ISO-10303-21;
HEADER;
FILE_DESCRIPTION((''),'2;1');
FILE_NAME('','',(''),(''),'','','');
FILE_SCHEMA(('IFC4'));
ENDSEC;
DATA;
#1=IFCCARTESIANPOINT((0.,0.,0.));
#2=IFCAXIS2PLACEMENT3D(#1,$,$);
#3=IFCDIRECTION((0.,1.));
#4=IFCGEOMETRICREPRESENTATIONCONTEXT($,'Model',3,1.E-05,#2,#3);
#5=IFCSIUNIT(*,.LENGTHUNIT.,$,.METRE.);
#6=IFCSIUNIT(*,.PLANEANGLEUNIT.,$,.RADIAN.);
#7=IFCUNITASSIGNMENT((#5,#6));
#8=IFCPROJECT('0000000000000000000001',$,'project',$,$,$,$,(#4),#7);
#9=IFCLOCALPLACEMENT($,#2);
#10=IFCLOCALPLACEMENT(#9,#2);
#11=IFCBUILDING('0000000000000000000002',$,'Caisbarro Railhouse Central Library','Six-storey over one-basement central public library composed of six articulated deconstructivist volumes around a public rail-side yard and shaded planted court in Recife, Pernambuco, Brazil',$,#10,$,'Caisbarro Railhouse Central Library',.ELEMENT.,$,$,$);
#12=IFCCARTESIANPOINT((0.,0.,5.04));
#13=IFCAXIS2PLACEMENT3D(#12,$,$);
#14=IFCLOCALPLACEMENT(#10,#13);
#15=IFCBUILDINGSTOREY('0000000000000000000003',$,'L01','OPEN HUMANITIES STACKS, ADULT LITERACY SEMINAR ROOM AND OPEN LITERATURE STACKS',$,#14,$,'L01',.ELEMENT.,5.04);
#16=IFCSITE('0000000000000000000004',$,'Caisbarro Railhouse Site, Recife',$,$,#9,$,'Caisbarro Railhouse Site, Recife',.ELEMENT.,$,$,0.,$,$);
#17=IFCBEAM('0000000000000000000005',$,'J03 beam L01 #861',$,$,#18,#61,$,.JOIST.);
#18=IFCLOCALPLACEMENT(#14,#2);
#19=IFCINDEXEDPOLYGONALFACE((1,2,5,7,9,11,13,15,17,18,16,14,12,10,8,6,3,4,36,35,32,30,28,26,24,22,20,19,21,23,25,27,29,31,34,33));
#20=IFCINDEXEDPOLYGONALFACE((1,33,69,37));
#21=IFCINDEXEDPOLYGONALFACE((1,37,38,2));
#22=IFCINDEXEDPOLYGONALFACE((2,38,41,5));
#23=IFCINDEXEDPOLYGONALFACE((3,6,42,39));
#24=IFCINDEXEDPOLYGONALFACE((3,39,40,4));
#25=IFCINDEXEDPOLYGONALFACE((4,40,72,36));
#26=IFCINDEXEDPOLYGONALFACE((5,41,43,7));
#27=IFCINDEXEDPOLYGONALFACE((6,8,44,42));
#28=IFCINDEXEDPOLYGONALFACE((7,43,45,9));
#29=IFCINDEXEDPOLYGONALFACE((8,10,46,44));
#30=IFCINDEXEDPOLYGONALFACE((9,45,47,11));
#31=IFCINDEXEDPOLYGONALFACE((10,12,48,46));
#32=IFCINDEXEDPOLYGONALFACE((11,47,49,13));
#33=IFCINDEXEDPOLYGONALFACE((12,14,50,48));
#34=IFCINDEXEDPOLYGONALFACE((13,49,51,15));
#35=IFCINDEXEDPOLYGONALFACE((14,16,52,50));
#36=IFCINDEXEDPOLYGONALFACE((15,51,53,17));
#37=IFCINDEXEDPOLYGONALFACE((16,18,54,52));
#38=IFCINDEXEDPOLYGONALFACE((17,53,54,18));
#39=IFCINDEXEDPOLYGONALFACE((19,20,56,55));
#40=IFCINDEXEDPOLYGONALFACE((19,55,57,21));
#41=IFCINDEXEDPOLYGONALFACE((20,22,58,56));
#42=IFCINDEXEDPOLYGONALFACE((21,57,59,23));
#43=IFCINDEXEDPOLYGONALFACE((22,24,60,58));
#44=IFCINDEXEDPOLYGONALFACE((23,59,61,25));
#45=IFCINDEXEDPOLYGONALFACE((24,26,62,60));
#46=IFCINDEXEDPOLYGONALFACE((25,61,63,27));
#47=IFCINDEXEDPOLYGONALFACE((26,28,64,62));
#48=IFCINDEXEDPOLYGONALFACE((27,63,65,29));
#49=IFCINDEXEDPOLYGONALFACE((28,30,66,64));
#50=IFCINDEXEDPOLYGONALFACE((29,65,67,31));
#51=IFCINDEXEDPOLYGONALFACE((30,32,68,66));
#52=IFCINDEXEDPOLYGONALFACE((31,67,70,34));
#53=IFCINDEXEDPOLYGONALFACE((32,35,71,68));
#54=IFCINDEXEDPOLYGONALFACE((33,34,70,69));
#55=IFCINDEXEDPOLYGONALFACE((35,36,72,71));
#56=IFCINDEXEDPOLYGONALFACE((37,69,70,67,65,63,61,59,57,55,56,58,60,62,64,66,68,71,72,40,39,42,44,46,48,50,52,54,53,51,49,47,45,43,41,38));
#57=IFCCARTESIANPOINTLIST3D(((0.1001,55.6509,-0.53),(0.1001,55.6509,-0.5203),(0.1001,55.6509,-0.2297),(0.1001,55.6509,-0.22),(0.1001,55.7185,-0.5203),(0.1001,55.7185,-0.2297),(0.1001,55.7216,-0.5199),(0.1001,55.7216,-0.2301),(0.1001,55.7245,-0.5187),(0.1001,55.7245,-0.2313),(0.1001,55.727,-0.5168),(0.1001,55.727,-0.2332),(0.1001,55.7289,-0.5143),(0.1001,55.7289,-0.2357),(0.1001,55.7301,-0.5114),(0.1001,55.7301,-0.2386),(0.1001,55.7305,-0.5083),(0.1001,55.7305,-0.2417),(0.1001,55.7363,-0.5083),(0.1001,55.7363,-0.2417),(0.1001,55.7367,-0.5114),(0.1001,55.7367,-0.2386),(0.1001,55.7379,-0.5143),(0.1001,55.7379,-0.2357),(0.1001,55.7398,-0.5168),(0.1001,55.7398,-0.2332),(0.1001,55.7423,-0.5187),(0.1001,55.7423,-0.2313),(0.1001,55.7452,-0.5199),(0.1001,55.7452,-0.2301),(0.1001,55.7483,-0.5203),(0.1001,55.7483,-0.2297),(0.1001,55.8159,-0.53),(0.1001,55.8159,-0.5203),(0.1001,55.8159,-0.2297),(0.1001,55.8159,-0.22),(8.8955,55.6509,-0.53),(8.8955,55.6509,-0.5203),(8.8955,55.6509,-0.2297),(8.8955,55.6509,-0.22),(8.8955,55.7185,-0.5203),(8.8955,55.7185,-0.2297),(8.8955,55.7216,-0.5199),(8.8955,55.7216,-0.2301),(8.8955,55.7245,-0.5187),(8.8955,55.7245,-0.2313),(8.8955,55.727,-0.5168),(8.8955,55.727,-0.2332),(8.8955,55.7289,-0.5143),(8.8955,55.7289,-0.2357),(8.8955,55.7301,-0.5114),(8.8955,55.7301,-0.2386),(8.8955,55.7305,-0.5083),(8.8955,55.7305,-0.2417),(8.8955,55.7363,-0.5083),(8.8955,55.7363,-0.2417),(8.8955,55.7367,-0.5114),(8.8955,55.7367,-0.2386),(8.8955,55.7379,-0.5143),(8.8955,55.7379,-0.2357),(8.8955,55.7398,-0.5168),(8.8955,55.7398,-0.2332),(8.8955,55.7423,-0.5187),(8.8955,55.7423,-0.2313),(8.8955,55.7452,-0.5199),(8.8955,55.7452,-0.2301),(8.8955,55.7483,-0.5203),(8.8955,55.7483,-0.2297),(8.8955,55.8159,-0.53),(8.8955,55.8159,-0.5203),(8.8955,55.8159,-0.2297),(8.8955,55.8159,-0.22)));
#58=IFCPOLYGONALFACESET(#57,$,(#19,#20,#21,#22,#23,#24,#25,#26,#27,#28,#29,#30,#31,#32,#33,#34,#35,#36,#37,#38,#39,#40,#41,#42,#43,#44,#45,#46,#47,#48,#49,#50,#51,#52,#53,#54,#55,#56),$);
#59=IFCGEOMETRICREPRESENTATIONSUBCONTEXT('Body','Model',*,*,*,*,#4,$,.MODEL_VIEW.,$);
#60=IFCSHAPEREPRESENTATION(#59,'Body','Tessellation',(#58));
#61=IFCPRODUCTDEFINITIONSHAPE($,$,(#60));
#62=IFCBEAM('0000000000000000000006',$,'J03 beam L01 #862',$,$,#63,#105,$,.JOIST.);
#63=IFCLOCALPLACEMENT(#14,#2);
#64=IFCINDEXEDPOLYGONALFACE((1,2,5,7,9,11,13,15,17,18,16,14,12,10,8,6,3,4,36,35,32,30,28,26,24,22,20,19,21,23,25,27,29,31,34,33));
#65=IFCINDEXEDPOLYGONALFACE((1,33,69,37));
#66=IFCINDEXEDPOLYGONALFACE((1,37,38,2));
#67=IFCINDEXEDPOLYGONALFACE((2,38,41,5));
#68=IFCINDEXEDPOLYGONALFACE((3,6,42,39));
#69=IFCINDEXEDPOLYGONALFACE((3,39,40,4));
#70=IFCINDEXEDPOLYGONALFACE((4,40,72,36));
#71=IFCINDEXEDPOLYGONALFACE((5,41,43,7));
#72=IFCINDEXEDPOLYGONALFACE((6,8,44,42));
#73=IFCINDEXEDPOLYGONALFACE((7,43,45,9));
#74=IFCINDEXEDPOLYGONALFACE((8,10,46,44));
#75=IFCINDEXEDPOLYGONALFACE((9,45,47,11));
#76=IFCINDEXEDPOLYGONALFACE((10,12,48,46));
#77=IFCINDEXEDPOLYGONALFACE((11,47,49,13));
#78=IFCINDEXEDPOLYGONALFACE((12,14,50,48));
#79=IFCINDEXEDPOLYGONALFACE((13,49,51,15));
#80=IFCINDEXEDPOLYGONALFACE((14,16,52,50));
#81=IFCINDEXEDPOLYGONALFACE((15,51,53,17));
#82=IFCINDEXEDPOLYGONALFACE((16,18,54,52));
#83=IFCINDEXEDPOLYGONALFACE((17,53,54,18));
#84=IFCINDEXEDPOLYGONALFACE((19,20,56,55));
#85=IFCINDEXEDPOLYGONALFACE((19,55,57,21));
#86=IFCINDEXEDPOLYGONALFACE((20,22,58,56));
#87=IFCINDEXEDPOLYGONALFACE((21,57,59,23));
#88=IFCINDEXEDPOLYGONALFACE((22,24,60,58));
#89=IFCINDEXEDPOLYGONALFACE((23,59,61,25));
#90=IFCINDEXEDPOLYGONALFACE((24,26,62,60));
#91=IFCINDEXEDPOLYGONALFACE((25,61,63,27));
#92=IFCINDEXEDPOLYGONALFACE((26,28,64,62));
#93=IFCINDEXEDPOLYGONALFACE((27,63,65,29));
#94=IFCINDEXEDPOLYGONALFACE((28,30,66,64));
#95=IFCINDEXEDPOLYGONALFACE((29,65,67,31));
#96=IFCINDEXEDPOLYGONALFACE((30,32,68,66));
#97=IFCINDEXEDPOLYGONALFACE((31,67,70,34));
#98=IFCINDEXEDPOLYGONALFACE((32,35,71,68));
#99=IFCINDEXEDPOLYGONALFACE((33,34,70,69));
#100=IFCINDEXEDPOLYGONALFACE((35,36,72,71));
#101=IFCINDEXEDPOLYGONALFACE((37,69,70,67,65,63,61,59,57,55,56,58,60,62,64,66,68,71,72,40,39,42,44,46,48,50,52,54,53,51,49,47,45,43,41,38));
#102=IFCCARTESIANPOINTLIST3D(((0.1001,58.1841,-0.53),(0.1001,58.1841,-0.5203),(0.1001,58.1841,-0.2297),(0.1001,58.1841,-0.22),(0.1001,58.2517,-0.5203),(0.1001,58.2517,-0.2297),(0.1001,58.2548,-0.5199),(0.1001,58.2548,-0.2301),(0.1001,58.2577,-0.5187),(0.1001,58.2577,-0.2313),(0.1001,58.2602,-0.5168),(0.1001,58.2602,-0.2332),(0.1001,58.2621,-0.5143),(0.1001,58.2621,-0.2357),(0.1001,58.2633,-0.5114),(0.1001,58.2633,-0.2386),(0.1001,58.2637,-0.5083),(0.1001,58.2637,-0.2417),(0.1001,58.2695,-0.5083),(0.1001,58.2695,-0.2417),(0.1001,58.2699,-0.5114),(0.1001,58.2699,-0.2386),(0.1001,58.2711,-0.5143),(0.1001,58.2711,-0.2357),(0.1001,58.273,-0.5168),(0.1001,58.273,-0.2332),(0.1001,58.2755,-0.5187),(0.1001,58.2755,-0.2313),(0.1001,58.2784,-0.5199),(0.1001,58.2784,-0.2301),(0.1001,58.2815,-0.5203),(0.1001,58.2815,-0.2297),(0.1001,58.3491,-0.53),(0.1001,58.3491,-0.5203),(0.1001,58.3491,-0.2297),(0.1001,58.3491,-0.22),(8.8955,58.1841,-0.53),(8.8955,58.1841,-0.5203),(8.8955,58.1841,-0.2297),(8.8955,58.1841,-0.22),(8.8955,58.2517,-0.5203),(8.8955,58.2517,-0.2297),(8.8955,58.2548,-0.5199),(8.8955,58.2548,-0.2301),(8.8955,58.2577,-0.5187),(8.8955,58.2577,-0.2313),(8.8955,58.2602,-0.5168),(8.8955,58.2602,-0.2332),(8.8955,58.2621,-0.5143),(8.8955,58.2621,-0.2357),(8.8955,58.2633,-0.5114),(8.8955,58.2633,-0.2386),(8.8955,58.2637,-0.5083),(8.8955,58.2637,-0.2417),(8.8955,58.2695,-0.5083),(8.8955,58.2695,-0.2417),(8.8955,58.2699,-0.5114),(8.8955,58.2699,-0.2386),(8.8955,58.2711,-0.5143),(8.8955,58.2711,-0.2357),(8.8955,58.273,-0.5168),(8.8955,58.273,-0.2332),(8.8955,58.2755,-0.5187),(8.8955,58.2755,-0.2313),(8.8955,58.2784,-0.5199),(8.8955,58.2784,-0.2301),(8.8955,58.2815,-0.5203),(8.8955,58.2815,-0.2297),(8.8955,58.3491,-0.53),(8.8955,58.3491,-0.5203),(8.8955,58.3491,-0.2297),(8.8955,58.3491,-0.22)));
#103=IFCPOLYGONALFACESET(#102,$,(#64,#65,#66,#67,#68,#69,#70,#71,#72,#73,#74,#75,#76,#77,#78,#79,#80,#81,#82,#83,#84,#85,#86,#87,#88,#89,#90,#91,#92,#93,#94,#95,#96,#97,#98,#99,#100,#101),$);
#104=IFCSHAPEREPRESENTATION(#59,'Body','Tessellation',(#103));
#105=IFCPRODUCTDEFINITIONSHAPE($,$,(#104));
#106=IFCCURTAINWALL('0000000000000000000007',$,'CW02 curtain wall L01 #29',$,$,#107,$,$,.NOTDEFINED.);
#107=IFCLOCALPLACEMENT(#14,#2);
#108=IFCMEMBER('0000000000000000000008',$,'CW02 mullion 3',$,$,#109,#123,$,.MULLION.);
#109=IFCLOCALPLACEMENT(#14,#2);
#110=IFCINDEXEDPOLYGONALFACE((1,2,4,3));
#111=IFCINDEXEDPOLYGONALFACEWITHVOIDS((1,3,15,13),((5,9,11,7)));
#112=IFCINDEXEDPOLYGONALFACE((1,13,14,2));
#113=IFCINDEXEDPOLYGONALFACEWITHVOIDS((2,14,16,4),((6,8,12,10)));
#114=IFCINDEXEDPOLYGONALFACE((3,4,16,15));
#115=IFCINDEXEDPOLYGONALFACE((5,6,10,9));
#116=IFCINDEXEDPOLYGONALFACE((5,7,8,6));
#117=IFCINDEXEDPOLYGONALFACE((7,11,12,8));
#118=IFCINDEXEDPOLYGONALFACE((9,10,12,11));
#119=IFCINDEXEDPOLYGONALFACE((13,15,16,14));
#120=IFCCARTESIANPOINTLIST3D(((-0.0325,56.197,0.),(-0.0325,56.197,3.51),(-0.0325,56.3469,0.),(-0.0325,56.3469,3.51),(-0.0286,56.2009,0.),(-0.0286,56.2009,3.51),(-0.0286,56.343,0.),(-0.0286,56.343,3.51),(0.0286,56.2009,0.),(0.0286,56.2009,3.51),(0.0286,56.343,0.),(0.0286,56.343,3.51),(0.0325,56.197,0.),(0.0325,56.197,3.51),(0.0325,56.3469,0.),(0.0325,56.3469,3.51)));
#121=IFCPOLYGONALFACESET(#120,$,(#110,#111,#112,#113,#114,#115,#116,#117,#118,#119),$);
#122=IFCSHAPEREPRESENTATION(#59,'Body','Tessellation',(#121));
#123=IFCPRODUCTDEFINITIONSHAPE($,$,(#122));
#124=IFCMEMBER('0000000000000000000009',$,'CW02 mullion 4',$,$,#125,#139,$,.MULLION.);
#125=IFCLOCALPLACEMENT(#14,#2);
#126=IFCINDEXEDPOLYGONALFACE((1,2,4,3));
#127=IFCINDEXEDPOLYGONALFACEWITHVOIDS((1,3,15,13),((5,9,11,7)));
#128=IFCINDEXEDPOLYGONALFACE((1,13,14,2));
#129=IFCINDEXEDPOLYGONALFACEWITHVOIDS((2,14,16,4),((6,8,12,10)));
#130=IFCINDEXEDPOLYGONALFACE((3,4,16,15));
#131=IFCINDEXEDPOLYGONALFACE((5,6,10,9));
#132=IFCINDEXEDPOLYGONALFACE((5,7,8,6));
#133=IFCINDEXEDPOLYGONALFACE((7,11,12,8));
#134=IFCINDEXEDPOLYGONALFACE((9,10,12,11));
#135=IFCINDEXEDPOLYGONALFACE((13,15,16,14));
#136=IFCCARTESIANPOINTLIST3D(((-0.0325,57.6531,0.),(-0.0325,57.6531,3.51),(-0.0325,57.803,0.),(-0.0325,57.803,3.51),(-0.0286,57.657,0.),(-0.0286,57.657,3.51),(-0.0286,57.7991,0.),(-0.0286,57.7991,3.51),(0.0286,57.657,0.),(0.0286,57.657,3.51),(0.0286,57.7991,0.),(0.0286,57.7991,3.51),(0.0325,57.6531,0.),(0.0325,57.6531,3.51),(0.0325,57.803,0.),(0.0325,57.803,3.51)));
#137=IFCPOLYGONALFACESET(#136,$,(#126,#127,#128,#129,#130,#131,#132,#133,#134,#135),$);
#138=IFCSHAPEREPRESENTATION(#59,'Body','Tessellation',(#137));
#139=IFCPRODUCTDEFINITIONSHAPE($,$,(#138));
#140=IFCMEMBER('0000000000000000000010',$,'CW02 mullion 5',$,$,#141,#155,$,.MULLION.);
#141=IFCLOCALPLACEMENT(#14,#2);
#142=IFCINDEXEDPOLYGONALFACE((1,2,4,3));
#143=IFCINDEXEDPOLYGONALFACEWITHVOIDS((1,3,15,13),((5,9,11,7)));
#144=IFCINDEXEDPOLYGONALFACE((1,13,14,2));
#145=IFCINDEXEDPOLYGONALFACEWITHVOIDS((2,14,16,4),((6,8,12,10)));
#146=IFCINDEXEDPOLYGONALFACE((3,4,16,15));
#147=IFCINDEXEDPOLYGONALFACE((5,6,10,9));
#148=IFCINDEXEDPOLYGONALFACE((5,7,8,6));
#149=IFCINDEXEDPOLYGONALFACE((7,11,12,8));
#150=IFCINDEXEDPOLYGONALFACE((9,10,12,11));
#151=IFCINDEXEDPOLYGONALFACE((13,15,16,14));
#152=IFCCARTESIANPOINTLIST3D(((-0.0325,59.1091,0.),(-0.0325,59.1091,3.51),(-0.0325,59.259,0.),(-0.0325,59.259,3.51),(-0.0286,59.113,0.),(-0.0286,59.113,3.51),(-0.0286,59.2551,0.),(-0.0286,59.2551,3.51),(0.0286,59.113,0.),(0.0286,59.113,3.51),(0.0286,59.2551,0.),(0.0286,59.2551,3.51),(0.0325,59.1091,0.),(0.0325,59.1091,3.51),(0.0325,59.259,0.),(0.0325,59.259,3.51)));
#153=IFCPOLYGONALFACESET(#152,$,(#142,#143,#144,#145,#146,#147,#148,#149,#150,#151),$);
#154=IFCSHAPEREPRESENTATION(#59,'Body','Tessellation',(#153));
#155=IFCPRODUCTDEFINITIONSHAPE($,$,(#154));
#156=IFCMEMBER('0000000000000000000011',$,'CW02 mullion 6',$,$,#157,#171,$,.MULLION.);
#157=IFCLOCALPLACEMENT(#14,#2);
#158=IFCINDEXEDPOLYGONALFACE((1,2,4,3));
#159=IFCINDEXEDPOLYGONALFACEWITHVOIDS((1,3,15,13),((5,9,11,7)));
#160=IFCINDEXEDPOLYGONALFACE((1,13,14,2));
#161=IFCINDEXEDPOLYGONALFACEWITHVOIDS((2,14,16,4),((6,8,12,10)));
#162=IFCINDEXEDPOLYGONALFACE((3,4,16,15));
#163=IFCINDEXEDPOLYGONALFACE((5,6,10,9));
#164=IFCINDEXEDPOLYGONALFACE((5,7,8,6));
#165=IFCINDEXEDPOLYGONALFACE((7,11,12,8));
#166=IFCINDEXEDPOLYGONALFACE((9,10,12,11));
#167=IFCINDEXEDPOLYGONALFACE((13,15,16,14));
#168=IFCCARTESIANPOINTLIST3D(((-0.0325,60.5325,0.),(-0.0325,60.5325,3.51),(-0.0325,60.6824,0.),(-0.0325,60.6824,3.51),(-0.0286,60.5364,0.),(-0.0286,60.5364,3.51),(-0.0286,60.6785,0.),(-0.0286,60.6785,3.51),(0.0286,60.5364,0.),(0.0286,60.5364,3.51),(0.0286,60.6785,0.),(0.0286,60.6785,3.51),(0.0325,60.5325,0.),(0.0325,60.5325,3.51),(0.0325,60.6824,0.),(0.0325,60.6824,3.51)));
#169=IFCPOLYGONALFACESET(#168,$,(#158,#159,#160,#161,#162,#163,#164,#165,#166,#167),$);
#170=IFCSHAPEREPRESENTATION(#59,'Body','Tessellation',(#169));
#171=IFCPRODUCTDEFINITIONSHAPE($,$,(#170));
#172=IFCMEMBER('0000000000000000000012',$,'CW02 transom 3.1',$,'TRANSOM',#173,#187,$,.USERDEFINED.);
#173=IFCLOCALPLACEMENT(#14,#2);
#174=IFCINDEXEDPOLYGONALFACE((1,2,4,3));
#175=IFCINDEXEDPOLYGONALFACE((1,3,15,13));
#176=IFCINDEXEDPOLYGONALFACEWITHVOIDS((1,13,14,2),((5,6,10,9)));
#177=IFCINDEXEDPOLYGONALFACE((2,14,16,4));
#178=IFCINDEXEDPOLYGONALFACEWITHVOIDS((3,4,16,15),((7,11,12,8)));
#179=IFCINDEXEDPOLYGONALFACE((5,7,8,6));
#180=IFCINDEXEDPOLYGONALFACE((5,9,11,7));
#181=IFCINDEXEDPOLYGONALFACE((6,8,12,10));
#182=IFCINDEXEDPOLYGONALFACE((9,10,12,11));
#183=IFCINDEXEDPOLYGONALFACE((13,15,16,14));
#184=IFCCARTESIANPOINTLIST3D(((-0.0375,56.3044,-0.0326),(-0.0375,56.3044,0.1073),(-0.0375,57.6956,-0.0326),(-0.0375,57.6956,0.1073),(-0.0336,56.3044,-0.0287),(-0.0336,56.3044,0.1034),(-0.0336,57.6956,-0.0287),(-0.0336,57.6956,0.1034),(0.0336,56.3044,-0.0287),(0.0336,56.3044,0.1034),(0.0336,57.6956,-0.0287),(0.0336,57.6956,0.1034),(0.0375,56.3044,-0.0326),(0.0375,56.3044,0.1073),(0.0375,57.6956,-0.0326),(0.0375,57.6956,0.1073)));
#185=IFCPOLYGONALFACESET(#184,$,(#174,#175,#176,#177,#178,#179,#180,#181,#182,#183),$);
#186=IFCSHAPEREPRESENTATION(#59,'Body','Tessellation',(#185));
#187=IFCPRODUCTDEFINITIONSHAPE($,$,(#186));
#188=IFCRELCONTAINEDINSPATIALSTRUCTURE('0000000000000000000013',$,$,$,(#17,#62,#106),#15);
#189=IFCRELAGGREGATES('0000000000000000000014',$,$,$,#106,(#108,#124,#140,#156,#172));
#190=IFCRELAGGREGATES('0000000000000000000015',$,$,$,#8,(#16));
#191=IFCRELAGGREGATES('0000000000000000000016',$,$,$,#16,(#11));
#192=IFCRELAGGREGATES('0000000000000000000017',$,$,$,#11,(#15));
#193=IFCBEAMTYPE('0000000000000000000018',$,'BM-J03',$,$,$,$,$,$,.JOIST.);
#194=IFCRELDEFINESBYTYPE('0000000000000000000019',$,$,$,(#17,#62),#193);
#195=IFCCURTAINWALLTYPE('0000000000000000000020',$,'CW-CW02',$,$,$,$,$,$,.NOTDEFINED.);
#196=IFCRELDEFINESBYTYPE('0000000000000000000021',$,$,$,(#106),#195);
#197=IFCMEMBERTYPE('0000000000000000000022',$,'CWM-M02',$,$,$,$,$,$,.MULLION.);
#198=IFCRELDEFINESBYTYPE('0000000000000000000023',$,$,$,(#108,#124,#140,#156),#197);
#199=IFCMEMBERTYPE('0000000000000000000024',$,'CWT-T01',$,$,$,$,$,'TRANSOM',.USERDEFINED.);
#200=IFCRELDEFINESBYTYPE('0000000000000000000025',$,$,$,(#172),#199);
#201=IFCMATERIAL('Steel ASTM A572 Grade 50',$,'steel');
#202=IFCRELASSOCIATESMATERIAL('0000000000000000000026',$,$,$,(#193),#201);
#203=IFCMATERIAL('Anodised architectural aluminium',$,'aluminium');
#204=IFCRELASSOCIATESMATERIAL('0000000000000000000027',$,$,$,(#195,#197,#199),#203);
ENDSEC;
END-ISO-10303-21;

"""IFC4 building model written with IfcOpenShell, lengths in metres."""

from ifc_helpers import new_model, si_unit, direction, frame, origin, origin_2d, place, context, subcontext, project, spatial, hollow_rectangle, i_section, extrude, material, material_profile, profile_set, type_object, element, aggregate, save


model = new_model("IFC4")

# Units and contexts
model_context = context("Model", 3, precision=1e-05, world=origin(), true_north=direction((0.0, 1.0)))
body_context = subcontext(model_context, "Body", "Model", "MODEL_VIEW")
ifc_project = project(units=[si_unit("LENGTHUNIT", "METRE"), si_unit("PLANEANGLEUNIT", "RADIAN")], contexts=[model_context])

# Site, building, storey
site_placement = place(None, origin())
site = spatial("IfcSite", under=ifc_project, at=site_placement, Name="Caisbarro Railhouse Site, Recife", LongName="Caisbarro Railhouse Site, Recife", CompositionType="ELEMENT", RefElevation=0.0)
building_placement = place(site_placement, origin())
building = spatial("IfcBuilding", under=site, at=building_placement, Name="Caisbarro Railhouse Central Library", Description="Six-storey over one-basement central public library composed of six articulated deconstructivist volumes around a public rail-side yard and shaded planted court in Recife, Pernambuco, Brazil", LongName="Caisbarro Railhouse Central Library", CompositionType="ELEMENT")
storey_placement = place(building_placement, frame((0.0, 0.0, 5.04)))
storey = spatial("IfcBuildingStorey", under=building, at=storey_placement, Name="L01", Description="OPEN HUMANITIES STACKS, ADULT LITERACY SEMINAR ROOM AND OPEN LITERATURE STACKS", LongName="L01", CompositionType="ELEMENT", Elevation=5.04)

# Beams
ifc_material_1 = material(Name="Steel ASTM A572 Grade 50", Category="steel")
ifc_material_profile_1 = material_profile(ifc_material_1, i_section(OverallWidth=0.165, OverallDepth=0.3101, WebThickness=0.0059, FlangeThickness=0.0098, FilletRadius=0.012, at=origin_2d()), Name="W310X38.7")
ifc_profile_set_1 = profile_set([ifc_material_profile_1], Name="Steel ASTM A572 Grade 50")
beam_type = type_object("IfcBeamType", Name="BM-J03", PredefinedType="JOIST", material=ifc_profile_set_1)
for number, where, z_axis, x_axis, name in (
    (1, (0.1001, 55.7334, -0.375), (1.0, 0.0, 0.0), (0.0, 1.0, 0.0), "J03 beam L01 #861"),
    (2, (0.1001, 58.2666, -0.375), (1.0, 0.0, 0.0), (0.0, 1.0, 0.0), "J03 beam L01 #862"),
):
    element("IfcBeam", number, at=place(storey_placement, frame(where, z_axis=z_axis, x_axis=x_axis)), inside=storey, type_object=beam_type, Name=name, PredefinedType="JOIST", context=body_context, shape_type="SweptSolid", body=[
        extrude(i_section(OverallWidth=0.165, OverallDepth=0.3101, WebThickness=0.0059, FlangeThickness=0.0098, FilletRadius=0.012, at=origin_2d()), origin(), (0.0, 0.0, 1.0), 8.7954),
    ])

# Curtain wall, members
ifc_material_2 = material(Name="Anodised architectural aluminium", Category="aluminium")
curtain_wall_type = type_object("IfcCurtainWallType", Name="CW-CW02", PredefinedType="NOTDEFINED", material=ifc_material_2)
curtain_wall_placement = place(storey_placement, origin())
curtain_wall = element("IfcCurtainWall", 3, at=curtain_wall_placement, inside=storey, type_object=curtain_wall_type, Name="CW02 curtain wall L01 #29", PredefinedType="NOTDEFINED")
ifc_material_profile_2 = material_profile(ifc_material_2, hollow_rectangle(XDim=0.0649, YDim=0.1499, WallThickness=0.0039, at=origin_2d()), Name="ALU-MUL-65X150")
ifc_profile_set_2 = profile_set([ifc_material_profile_2], Name="Anodised architectural aluminium")
member_type_1 = type_object("IfcMemberType", Name="CWM-M02", PredefinedType="MULLION", material=ifc_profile_set_2)
member_1_placement = place(storey_placement, frame((0.0, 56.272, 0.0), z_axis=(0.0, 0.0, 1.0), x_axis=(-1.0, 0.0, 0.0)))
member_1 = element("IfcMember", 4, at=member_1_placement, type_object=member_type_1, Name="CW02 mullion 3", PredefinedType="MULLION", context=body_context, shape_type="SweptSolid", body=[
    extrude(hollow_rectangle(XDim=0.0649, YDim=0.1499, WallThickness=0.0039, at=origin_2d()), origin(), (0.0, 0.0, 1.0), 3.51),
])
member_2_placement = place(storey_placement, frame((0.0, 57.728, 0.0), z_axis=(0.0, 0.0, 1.0), x_axis=(-1.0, 0.0, 0.0)))
member_2 = element("IfcMember", 5, at=member_2_placement, type_object=member_type_1, Name="CW02 mullion 4", PredefinedType="MULLION", context=body_context, shape_type="SweptSolid", body=[
    extrude(hollow_rectangle(XDim=0.0649, YDim=0.1499, WallThickness=0.0039, at=origin_2d()), origin(), (0.0, 0.0, 1.0), 3.51),
])
member_3_placement = place(storey_placement, frame((0.0, 59.1841, 0.0), z_axis=(0.0, 0.0, 1.0), x_axis=(-1.0, 0.0, 0.0)))
member_3 = element("IfcMember", 6, at=member_3_placement, type_object=member_type_1, Name="CW02 mullion 5", PredefinedType="MULLION", context=body_context, shape_type="SweptSolid", body=[
    extrude(hollow_rectangle(XDim=0.0649, YDim=0.1499, WallThickness=0.0039, at=origin_2d()), origin(), (0.0, 0.0, 1.0), 3.51),
])
member_4_placement = place(storey_placement, frame((0.0, 60.6074, 0.0), z_axis=(0.0, 0.0, 1.0), x_axis=(-1.0, 0.0, 0.0)))
member_4 = element("IfcMember", 7, at=member_4_placement, type_object=member_type_1, Name="CW02 mullion 6", PredefinedType="MULLION", context=body_context, shape_type="SweptSolid", body=[
    extrude(hollow_rectangle(XDim=0.0649, YDim=0.1499, WallThickness=0.0039, at=origin_2d()), origin(), (0.0, 0.0, 1.0), 3.51),
])
ifc_material_profile_3 = material_profile(ifc_material_2, hollow_rectangle(XDim=0.075, YDim=0.1399, WallThickness=0.0039, at=origin_2d()), Name="ALU-TRN-75X140")
ifc_profile_set_3 = profile_set([ifc_material_profile_3], Name="Anodised architectural aluminium")
member_type_2 = type_object("IfcMemberType", Name="CWT-T01", ElementType="TRANSOM", PredefinedType="USERDEFINED", material=ifc_profile_set_3)
member_5_placement = place(storey_placement, frame((0.0, 56.3044, 0.0374), z_axis=(0.0, 1.0, 0.0), x_axis=(-1.0, 0.0, 0.0)))
member_5 = element("IfcMember", 8, at=member_5_placement, type_object=member_type_2, Name="CW02 transom 3.1", ObjectType="TRANSOM", PredefinedType="USERDEFINED", context=body_context, shape_type="SweptSolid", body=[
    extrude(hollow_rectangle(XDim=0.075, YDim=0.1399, WallThickness=0.0039, at=origin_2d()), origin(), (0.0, 0.0, 1.0), 1.3911),
])
aggregate(curtain_wall, [member_1, member_2, member_3, member_4, member_5])

save(model, "model.ifc")
